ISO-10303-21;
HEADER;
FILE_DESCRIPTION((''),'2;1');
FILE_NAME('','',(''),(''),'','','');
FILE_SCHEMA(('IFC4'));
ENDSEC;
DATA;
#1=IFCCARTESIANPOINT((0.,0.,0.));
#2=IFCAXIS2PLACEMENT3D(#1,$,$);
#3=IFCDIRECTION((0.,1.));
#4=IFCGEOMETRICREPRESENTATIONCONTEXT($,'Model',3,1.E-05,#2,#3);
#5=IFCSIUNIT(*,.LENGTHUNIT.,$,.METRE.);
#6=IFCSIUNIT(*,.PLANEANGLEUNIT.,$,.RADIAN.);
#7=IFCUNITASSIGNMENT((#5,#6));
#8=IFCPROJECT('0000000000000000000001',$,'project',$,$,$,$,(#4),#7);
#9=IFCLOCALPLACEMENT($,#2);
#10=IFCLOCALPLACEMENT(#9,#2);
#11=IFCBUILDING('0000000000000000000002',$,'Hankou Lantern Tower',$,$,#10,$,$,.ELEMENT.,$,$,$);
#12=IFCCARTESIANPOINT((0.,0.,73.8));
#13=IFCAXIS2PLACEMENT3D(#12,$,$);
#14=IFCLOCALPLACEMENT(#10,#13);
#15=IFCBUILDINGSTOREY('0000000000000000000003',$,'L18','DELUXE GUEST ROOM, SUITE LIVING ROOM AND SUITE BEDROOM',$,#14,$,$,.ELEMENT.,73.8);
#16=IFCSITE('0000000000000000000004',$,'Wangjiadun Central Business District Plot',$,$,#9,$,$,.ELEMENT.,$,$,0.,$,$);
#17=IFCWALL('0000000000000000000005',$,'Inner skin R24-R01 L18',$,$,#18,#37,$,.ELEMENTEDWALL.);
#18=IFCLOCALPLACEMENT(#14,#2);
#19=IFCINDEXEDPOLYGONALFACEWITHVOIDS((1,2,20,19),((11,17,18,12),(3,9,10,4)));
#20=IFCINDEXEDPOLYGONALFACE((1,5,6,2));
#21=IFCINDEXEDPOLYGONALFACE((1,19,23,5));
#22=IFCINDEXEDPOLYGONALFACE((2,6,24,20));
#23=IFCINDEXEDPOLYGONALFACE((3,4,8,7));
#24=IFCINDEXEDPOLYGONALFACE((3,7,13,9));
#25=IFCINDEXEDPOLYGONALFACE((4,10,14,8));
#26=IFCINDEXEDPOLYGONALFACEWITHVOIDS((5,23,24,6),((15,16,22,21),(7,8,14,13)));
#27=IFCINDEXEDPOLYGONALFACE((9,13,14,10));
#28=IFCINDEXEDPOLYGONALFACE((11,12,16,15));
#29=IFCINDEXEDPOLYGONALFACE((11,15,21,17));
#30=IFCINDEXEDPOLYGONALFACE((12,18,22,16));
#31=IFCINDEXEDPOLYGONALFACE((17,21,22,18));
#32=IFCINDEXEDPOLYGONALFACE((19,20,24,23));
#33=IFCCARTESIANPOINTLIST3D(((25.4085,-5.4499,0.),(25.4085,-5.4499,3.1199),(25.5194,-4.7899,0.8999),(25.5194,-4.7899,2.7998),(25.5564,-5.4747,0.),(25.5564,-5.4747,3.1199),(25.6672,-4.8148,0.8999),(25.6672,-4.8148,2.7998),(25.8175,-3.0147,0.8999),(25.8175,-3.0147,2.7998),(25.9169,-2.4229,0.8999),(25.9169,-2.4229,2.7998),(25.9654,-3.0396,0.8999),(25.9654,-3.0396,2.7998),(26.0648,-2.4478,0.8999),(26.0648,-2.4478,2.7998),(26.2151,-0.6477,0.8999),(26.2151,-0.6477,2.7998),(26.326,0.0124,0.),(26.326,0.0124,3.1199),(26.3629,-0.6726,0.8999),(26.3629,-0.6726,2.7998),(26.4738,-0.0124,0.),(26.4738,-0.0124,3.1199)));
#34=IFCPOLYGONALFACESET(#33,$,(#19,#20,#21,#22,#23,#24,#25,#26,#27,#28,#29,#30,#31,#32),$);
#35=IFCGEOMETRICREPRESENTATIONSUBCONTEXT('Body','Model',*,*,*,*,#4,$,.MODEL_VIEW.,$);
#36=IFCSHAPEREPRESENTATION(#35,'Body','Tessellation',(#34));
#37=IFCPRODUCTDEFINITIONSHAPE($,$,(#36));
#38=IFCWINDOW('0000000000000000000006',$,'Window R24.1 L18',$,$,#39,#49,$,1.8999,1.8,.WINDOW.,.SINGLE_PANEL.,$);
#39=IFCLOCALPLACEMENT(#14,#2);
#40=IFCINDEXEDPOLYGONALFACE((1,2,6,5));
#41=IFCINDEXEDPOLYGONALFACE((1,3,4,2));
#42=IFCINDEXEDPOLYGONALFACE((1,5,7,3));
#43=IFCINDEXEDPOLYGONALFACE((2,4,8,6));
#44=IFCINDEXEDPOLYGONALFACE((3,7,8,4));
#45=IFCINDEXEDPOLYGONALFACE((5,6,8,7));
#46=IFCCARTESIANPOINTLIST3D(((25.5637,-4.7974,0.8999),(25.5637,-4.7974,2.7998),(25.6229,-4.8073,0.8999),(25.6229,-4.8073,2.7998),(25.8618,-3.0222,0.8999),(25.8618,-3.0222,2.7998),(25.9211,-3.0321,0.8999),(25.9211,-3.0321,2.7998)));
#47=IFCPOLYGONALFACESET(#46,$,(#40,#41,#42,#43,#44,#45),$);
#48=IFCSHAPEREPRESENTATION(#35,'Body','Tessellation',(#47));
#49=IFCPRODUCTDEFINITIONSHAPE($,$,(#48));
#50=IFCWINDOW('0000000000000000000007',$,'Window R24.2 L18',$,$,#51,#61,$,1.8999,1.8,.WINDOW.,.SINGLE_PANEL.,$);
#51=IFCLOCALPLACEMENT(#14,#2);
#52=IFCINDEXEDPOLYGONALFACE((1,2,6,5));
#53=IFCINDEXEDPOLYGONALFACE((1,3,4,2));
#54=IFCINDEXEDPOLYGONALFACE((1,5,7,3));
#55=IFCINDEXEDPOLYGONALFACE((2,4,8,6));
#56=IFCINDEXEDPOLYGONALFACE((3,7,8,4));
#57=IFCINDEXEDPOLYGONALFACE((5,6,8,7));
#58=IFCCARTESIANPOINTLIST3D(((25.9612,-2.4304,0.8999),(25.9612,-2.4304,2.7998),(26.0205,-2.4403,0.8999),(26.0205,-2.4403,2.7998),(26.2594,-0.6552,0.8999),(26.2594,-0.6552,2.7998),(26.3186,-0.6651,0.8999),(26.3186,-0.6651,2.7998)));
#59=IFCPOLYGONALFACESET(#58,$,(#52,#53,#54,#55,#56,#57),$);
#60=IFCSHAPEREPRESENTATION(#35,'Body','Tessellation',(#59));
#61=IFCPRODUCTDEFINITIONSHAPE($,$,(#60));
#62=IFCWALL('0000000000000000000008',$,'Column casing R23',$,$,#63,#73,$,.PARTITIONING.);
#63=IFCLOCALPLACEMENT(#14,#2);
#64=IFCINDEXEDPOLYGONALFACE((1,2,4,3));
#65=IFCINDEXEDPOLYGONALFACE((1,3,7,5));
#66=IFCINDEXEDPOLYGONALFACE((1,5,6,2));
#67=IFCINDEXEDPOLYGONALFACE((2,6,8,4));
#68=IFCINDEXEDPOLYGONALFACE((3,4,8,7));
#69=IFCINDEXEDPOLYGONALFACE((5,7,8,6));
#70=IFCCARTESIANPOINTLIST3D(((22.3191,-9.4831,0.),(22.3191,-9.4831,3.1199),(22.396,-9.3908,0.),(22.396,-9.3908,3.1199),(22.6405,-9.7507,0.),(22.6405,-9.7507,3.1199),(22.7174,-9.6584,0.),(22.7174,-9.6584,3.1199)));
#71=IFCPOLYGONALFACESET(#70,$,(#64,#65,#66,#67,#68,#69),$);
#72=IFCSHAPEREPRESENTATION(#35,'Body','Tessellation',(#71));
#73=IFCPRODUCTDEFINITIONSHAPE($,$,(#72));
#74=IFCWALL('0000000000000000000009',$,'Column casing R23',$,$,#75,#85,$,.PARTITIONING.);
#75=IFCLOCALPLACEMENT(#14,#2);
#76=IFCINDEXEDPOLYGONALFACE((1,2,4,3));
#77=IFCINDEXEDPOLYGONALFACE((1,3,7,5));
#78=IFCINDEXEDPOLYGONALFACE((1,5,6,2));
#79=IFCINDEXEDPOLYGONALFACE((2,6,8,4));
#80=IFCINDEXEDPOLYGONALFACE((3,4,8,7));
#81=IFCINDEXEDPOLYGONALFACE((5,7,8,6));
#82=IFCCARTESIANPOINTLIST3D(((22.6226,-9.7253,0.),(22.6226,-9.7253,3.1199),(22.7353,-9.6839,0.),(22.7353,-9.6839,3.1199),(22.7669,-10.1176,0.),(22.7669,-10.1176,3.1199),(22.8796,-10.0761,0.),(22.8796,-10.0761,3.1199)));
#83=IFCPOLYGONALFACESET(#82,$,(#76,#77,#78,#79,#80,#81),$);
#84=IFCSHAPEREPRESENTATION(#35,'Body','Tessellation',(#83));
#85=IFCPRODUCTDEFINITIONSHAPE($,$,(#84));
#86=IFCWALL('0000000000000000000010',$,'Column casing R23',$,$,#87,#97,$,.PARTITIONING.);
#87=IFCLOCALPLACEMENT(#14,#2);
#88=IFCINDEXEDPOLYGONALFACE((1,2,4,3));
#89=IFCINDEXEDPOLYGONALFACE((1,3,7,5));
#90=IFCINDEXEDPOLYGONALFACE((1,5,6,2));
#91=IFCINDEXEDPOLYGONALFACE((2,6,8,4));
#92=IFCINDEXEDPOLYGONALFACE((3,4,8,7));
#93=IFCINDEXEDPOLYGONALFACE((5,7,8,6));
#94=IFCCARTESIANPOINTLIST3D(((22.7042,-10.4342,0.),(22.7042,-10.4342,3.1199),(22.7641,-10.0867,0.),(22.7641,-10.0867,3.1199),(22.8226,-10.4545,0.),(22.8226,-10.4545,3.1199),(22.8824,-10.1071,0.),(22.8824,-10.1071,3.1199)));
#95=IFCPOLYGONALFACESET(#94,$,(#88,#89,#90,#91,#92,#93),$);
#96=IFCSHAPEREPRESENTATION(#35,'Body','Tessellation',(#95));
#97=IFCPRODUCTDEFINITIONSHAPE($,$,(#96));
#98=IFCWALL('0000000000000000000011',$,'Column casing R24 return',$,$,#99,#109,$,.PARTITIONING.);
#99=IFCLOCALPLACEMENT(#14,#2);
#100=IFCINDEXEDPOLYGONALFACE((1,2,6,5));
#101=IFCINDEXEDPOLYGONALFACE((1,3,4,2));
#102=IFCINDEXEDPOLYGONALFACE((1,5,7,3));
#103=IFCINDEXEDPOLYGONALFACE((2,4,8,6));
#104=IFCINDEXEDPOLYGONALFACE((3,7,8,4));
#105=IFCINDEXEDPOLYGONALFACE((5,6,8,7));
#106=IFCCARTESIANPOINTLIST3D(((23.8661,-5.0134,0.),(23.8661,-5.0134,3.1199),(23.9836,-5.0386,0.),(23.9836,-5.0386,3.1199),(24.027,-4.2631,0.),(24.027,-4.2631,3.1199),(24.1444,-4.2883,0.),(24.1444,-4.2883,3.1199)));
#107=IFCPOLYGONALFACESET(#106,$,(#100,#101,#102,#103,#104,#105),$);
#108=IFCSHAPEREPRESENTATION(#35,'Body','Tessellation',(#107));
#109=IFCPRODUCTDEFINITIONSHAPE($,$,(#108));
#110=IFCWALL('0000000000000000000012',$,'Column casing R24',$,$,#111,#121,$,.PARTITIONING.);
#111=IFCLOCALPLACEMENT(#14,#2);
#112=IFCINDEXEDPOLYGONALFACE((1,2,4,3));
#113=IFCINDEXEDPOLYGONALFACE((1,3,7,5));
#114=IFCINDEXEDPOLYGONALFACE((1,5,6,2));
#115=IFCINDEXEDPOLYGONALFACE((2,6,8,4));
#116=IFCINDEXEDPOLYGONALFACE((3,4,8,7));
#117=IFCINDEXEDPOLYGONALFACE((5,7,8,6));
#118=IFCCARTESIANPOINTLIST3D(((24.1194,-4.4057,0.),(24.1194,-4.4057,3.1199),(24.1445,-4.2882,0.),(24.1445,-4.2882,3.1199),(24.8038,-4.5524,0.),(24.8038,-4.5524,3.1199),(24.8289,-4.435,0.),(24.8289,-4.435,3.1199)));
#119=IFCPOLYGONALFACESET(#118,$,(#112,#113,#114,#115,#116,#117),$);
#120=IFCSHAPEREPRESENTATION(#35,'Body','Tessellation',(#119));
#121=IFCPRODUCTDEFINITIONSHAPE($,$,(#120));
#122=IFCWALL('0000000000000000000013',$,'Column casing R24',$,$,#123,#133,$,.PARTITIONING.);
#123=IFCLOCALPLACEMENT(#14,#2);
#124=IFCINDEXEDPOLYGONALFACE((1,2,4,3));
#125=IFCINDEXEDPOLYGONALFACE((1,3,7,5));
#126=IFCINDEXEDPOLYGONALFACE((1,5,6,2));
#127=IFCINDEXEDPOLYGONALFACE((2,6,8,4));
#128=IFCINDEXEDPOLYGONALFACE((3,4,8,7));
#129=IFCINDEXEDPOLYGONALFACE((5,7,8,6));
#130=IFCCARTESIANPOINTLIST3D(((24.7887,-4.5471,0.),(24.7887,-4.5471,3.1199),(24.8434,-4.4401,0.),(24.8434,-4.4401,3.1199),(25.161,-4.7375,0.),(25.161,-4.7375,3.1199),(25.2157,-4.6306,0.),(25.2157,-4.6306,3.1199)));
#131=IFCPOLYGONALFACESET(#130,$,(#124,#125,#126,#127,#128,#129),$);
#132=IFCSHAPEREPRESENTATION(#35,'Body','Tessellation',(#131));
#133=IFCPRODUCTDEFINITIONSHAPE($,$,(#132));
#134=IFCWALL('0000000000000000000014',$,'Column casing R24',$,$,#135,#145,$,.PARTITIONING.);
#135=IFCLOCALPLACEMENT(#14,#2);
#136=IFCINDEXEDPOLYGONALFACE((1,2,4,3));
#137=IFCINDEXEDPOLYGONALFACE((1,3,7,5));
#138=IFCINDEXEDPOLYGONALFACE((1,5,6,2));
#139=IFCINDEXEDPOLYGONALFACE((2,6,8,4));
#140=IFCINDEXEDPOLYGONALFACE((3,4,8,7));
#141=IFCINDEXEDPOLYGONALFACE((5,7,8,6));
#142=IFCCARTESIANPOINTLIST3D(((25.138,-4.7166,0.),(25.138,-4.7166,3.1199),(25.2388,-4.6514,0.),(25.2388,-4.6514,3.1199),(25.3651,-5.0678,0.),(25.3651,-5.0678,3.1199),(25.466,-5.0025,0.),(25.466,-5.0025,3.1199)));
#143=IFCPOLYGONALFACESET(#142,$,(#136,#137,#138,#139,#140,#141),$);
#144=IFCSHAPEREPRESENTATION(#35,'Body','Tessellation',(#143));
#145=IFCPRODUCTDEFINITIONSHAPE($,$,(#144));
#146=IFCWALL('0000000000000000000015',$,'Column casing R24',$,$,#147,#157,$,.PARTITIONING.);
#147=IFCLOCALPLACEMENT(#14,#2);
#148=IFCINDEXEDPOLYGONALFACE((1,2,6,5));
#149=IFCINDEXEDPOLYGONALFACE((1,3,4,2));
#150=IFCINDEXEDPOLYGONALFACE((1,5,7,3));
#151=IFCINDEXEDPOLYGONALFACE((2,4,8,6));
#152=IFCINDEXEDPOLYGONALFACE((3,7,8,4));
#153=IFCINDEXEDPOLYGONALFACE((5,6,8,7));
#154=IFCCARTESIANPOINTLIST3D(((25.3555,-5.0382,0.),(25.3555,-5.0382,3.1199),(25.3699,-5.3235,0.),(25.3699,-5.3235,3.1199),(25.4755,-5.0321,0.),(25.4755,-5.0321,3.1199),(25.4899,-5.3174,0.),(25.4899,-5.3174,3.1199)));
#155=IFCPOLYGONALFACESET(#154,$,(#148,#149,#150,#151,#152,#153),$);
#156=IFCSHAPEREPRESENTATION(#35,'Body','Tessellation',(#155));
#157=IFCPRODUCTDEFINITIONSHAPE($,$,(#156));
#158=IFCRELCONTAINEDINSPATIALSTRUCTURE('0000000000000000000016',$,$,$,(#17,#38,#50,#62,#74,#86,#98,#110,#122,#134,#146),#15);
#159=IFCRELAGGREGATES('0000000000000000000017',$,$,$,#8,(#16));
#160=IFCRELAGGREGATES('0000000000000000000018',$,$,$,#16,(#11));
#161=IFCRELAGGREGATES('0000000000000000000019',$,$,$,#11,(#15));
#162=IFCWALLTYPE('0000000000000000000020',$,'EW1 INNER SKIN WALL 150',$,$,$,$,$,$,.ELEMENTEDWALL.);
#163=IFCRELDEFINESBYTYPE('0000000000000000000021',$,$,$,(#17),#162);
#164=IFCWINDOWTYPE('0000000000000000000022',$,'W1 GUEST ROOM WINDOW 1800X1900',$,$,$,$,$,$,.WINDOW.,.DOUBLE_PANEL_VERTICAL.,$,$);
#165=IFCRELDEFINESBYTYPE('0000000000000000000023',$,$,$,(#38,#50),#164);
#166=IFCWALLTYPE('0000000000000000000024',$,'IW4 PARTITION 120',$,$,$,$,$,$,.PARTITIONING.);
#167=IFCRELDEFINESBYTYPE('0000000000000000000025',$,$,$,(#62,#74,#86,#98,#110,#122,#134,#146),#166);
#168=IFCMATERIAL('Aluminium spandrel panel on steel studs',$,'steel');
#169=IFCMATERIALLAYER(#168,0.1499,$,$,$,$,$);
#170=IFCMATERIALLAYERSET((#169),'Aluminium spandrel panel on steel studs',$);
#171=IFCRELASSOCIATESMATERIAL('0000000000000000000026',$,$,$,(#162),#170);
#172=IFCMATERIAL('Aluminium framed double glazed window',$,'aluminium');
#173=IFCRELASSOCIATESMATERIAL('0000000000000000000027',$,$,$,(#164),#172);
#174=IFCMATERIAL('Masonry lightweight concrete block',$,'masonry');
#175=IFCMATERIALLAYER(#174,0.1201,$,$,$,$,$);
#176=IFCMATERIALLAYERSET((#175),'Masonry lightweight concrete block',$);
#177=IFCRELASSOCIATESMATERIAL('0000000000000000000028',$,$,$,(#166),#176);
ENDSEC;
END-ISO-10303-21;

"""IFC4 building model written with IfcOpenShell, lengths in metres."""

from ifc_helpers import new_model, si_unit, direction, frame, frame_2d, origin, place, context, subcontext, project, spatial, rectangle, extrude, material, layer, layer_set, type_object, element, fill, save


model = new_model("IFC4")

# Units and contexts
model_context = context("Model", 3, precision=1e-05, world=origin(), true_north=direction((0.0, 1.0)))
body_context = subcontext(model_context, "Body", "Model", "MODEL_VIEW")
ifc_project = project(units=[si_unit("LENGTHUNIT", "METRE"), si_unit("PLANEANGLEUNIT", "RADIAN")], contexts=[model_context])

# Site, building, storey
site_placement = place(None, origin())
site = spatial("IfcSite", under=ifc_project, at=site_placement, Name="Wangjiadun Central Business District Plot", CompositionType="ELEMENT", RefElevation=0.0)
building_placement = place(site_placement, origin())
building = spatial("IfcBuilding", under=site, at=building_placement, Name="Hankou Lantern Tower", CompositionType="ELEMENT")
storey_placement = place(building_placement, frame((0.0, 0.0, 73.8)))
storey = spatial("IfcBuildingStorey", under=building, at=storey_placement, Name="L18", Description="DELUXE GUEST ROOM, SUITE LIVING ROOM AND SUITE BEDROOM", CompositionType="ELEMENT", Elevation=73.8)

# Wall, openings, windows
ifc_material_1 = material(Name="Aluminium spandrel panel on steel studs", Category="steel")
ifc_layer_1 = layer(ifc_material_1, 0.1499)
ifc_layer_set_1 = layer_set([ifc_layer_1], Name="Aluminium spandrel panel on steel studs")
wall_type_1 = type_object("IfcWallType", Name="EW1 INNER SKIN WALL 150", PredefinedType="ELEMENTEDWALL", material=ifc_layer_set_1)
wall_1_placement = place(storey_placement, frame((25.4824, -5.4624, 0.0), z_axis=(0.0, 0.0, 1.0), x_axis=(0.165643, 0.986186, 0.0)))
wall_1 = element("IfcWall", 1, at=wall_1_placement, inside=storey, type_object=wall_type_1, Name="Inner skin R24-R01 L18", PredefinedType="ELEMENTEDWALL", context=body_context, shape_type="SweptSolid", body=[
    extrude(rectangle(XDim=5.5388, YDim=0.1499, at=frame_2d((2.7695, 0.0))), origin(), (0.0, 0.0, 1.0), 3.1199),
])
opening_1_placement = place(wall_1_placement, frame((0.6694, 0.0, 0.8999)))
opening_1 = element("IfcOpeningElement", 2, at=opening_1_placement, cuts=wall_1, PredefinedType="OPENING", context=body_context, shape_type="SweptSolid", body=[
    extrude(rectangle(XDim=1.8, YDim=1.8999, at=frame_2d((0.8999, 0.95))), frame((0.0, 0.085, 0.0), z_axis=(0.0, -1.0, 0.0), x_axis=(1.0, 0.0, 0.0)), (0.0, 0.0, 1.0), 0.1699),
])
opening_2_placement = place(wall_1_placement, frame((3.0696, 0.0, 0.8999)))
opening_2 = element("IfcOpeningElement", 3, at=opening_2_placement, cuts=wall_1, PredefinedType="OPENING", context=body_context, shape_type="SweptSolid", body=[
    extrude(rectangle(XDim=1.8, YDim=1.8999, at=frame_2d((0.8999, 0.95))), frame((0.0, 0.085, 0.0), z_axis=(0.0, -1.0, 0.0), x_axis=(1.0, 0.0, 0.0)), (0.0, 0.0, 1.0), 0.1699),
])
ifc_material_2 = material(Name="Aluminium framed double glazed window", Category="aluminium")
window_type = type_object("IfcWindowType", Name="W1 GUEST ROOM WINDOW 1800X1900", PartitioningType="DOUBLE_PANEL_VERTICAL", PredefinedType="WINDOW", material=ifc_material_2)
window_1_placement = place(opening_1_placement, origin())
window_1 = element("IfcWindow", 4, at=window_1_placement, inside=storey, type_object=window_type, Name="Window R24.1 L18", OverallHeight=1.8999, OverallWidth=1.8, PartitioningType="SINGLE_PANEL", PredefinedType="WINDOW", context=body_context, shape_type="SweptSolid", body=[
    extrude(rectangle(XDim=1.8, YDim=1.8999, at=frame_2d((0.8999, 0.95))), frame((0.0, 0.03, 0.0), z_axis=(0.0, -1.0, 0.0), x_axis=(1.0, 0.0, 0.0)), (0.0, 0.0, 1.0), 0.0601),
])
fill(opening_1, window_1)
window_2_placement = place(opening_2_placement, origin())
window_2 = element("IfcWindow", 5, at=window_2_placement, inside=storey, type_object=window_type, Name="Window R24.2 L18", OverallHeight=1.8999, OverallWidth=1.8, PartitioningType="SINGLE_PANEL", PredefinedType="WINDOW", context=body_context, shape_type="SweptSolid", body=[
    extrude(rectangle(XDim=1.8, YDim=1.8999, at=frame_2d((0.8999, 0.95))), frame((0.0, 0.03, 0.0), z_axis=(0.0, -1.0, 0.0), x_axis=(1.0, 0.0, 0.0)), (0.0, 0.0, 1.0), 0.0601),
])
fill(opening_2, window_2)

# Walls
ifc_material_3 = material(Name="Masonry lightweight concrete block", Category="masonry")
ifc_layer_2 = layer(ifc_material_3, 0.1201)
ifc_layer_set_2 = layer_set([ifc_layer_2], Name="Masonry lightweight concrete block")
wall_type_2 = type_object("IfcWallType", Name="IW4 PARTITION 120", PredefinedType="PARTITIONING", material=ifc_layer_set_2)
wall_2_placement = place(storey_placement, frame((22.3577, -9.437, 0.0), z_axis=(0.0, 0.0, 1.0), x_axis=(0.768413, -0.639955, 0.0)))
element("IfcWall", 6, at=wall_2_placement, inside=storey, type_object=wall_type_2, Name="Column casing R23", PredefinedType="PARTITIONING", context=body_context, shape_type="SweptSolid", body=[
    extrude(rectangle(XDim=0.4182, YDim=0.1201, at=frame_2d((0.209, 0.0))), origin(), (0.0, 0.0, 1.0), 3.1199),
])
wall_3_placement = place(storey_placement, frame((22.679, -9.7046, 0.0), z_axis=(0.0, 0.0, 1.0), x_axis=(0.345164, -0.938542, 0.0)))
element("IfcWall", 7, at=wall_3_placement, inside=storey, type_object=wall_type_2, Name="Column casing R23", PredefinedType="PARTITIONING", context=body_context, shape_type="SweptSolid", body=[
    extrude(rectangle(XDim=0.418, YDim=0.1201, at=frame_2d((0.209, 0.0))), origin(), (0.0, 0.0, 1.0), 3.1199),
])
wall_4_placement = place(storey_placement, frame((22.8232, -10.0969, 0.0), z_axis=(0.0, 0.0, 1.0), x_axis=(-0.169675, -0.9855, 0.0)))
element("IfcWall", 8, at=wall_4_placement, inside=storey, type_object=wall_type_2, Name="Column casing R23", PredefinedType="PARTITIONING", context=body_context, shape_type="SweptSolid", body=[
    extrude(rectangle(XDim=0.3525, YDim=0.1201, at=frame_2d((0.1763, 0.0))), origin(), (0.0, 0.0, 1.0), 3.1199),
])
wall_5_placement = place(storey_placement, frame((23.9248, -5.0261, 0.0), z_axis=(0.0, 0.0, 1.0), x_axis=(0.209681, 0.97777, 0.0)))
element("IfcWall", 9, at=wall_5_placement, inside=storey, type_object=wall_type_2, Name="Column casing R24 return", PredefinedType="PARTITIONING", context=body_context, shape_type="SweptSolid", body=[
    extrude(rectangle(XDim=0.7673, YDim=0.1201, at=frame_2d((0.3838, 0.0))), origin(), (0.0, 0.0, 1.0), 3.1199),
])
wall_6_placement = place(storey_placement, frame((24.1318, -4.3469, 0.0), z_axis=(0.0, 0.0, 1.0), x_axis=(0.977777, -0.209648, 0.0)))
element("IfcWall", 10, at=wall_6_placement, inside=storey, type_object=wall_type_2, Name="Column casing R24", PredefinedType="PARTITIONING", context=body_context, shape_type="SweptSolid", body=[
    extrude(rectangle(XDim=0.7, YDim=0.1201, at=frame_2d((0.3501, 0.0))), origin(), (0.0, 0.0, 1.0), 3.1199),
])
for number, where, z_axis, x_axis, name in (
    (11, (24.8162, -4.4937, 0.0), (0.0, 0.0, 1.0), (0.890303, -0.455368, 0.0), "Column casing R24"),
    (12, (25.1885, -4.6841, 0.0), (0.0, 0.0, 1.0), (0.543058, -0.839695, 0.0), "Column casing R24"),
):
    element("IfcWall", number, at=place(storey_placement, frame(where, z_axis=z_axis, x_axis=x_axis)), inside=storey, type_object=wall_type_2, Name=name, PredefinedType="PARTITIONING", context=body_context, shape_type="SweptSolid", body=[
        extrude(rectangle(XDim=0.4182, YDim=0.1201, at=frame_2d((0.209, 0.0))), origin(), (0.0, 0.0, 1.0), 3.1199),
    ])
wall_7_placement = place(storey_placement, frame((25.4155, -5.0352, 0.0), z_axis=(0.0, 0.0, 1.0), x_axis=(0.050406, -0.998729, 0.0)))
element("IfcWall", 13, at=wall_7_placement, inside=storey, type_object=wall_type_2, Name="Column casing R24", PredefinedType="PARTITIONING", context=body_context, shape_type="SweptSolid", body=[
    extrude(rectangle(XDim=0.2856, YDim=0.1201, at=frame_2d((0.1428, 0.0))), origin(), (0.0, 0.0, 1.0), 3.1199),
])

save(model, "model.ifc")
